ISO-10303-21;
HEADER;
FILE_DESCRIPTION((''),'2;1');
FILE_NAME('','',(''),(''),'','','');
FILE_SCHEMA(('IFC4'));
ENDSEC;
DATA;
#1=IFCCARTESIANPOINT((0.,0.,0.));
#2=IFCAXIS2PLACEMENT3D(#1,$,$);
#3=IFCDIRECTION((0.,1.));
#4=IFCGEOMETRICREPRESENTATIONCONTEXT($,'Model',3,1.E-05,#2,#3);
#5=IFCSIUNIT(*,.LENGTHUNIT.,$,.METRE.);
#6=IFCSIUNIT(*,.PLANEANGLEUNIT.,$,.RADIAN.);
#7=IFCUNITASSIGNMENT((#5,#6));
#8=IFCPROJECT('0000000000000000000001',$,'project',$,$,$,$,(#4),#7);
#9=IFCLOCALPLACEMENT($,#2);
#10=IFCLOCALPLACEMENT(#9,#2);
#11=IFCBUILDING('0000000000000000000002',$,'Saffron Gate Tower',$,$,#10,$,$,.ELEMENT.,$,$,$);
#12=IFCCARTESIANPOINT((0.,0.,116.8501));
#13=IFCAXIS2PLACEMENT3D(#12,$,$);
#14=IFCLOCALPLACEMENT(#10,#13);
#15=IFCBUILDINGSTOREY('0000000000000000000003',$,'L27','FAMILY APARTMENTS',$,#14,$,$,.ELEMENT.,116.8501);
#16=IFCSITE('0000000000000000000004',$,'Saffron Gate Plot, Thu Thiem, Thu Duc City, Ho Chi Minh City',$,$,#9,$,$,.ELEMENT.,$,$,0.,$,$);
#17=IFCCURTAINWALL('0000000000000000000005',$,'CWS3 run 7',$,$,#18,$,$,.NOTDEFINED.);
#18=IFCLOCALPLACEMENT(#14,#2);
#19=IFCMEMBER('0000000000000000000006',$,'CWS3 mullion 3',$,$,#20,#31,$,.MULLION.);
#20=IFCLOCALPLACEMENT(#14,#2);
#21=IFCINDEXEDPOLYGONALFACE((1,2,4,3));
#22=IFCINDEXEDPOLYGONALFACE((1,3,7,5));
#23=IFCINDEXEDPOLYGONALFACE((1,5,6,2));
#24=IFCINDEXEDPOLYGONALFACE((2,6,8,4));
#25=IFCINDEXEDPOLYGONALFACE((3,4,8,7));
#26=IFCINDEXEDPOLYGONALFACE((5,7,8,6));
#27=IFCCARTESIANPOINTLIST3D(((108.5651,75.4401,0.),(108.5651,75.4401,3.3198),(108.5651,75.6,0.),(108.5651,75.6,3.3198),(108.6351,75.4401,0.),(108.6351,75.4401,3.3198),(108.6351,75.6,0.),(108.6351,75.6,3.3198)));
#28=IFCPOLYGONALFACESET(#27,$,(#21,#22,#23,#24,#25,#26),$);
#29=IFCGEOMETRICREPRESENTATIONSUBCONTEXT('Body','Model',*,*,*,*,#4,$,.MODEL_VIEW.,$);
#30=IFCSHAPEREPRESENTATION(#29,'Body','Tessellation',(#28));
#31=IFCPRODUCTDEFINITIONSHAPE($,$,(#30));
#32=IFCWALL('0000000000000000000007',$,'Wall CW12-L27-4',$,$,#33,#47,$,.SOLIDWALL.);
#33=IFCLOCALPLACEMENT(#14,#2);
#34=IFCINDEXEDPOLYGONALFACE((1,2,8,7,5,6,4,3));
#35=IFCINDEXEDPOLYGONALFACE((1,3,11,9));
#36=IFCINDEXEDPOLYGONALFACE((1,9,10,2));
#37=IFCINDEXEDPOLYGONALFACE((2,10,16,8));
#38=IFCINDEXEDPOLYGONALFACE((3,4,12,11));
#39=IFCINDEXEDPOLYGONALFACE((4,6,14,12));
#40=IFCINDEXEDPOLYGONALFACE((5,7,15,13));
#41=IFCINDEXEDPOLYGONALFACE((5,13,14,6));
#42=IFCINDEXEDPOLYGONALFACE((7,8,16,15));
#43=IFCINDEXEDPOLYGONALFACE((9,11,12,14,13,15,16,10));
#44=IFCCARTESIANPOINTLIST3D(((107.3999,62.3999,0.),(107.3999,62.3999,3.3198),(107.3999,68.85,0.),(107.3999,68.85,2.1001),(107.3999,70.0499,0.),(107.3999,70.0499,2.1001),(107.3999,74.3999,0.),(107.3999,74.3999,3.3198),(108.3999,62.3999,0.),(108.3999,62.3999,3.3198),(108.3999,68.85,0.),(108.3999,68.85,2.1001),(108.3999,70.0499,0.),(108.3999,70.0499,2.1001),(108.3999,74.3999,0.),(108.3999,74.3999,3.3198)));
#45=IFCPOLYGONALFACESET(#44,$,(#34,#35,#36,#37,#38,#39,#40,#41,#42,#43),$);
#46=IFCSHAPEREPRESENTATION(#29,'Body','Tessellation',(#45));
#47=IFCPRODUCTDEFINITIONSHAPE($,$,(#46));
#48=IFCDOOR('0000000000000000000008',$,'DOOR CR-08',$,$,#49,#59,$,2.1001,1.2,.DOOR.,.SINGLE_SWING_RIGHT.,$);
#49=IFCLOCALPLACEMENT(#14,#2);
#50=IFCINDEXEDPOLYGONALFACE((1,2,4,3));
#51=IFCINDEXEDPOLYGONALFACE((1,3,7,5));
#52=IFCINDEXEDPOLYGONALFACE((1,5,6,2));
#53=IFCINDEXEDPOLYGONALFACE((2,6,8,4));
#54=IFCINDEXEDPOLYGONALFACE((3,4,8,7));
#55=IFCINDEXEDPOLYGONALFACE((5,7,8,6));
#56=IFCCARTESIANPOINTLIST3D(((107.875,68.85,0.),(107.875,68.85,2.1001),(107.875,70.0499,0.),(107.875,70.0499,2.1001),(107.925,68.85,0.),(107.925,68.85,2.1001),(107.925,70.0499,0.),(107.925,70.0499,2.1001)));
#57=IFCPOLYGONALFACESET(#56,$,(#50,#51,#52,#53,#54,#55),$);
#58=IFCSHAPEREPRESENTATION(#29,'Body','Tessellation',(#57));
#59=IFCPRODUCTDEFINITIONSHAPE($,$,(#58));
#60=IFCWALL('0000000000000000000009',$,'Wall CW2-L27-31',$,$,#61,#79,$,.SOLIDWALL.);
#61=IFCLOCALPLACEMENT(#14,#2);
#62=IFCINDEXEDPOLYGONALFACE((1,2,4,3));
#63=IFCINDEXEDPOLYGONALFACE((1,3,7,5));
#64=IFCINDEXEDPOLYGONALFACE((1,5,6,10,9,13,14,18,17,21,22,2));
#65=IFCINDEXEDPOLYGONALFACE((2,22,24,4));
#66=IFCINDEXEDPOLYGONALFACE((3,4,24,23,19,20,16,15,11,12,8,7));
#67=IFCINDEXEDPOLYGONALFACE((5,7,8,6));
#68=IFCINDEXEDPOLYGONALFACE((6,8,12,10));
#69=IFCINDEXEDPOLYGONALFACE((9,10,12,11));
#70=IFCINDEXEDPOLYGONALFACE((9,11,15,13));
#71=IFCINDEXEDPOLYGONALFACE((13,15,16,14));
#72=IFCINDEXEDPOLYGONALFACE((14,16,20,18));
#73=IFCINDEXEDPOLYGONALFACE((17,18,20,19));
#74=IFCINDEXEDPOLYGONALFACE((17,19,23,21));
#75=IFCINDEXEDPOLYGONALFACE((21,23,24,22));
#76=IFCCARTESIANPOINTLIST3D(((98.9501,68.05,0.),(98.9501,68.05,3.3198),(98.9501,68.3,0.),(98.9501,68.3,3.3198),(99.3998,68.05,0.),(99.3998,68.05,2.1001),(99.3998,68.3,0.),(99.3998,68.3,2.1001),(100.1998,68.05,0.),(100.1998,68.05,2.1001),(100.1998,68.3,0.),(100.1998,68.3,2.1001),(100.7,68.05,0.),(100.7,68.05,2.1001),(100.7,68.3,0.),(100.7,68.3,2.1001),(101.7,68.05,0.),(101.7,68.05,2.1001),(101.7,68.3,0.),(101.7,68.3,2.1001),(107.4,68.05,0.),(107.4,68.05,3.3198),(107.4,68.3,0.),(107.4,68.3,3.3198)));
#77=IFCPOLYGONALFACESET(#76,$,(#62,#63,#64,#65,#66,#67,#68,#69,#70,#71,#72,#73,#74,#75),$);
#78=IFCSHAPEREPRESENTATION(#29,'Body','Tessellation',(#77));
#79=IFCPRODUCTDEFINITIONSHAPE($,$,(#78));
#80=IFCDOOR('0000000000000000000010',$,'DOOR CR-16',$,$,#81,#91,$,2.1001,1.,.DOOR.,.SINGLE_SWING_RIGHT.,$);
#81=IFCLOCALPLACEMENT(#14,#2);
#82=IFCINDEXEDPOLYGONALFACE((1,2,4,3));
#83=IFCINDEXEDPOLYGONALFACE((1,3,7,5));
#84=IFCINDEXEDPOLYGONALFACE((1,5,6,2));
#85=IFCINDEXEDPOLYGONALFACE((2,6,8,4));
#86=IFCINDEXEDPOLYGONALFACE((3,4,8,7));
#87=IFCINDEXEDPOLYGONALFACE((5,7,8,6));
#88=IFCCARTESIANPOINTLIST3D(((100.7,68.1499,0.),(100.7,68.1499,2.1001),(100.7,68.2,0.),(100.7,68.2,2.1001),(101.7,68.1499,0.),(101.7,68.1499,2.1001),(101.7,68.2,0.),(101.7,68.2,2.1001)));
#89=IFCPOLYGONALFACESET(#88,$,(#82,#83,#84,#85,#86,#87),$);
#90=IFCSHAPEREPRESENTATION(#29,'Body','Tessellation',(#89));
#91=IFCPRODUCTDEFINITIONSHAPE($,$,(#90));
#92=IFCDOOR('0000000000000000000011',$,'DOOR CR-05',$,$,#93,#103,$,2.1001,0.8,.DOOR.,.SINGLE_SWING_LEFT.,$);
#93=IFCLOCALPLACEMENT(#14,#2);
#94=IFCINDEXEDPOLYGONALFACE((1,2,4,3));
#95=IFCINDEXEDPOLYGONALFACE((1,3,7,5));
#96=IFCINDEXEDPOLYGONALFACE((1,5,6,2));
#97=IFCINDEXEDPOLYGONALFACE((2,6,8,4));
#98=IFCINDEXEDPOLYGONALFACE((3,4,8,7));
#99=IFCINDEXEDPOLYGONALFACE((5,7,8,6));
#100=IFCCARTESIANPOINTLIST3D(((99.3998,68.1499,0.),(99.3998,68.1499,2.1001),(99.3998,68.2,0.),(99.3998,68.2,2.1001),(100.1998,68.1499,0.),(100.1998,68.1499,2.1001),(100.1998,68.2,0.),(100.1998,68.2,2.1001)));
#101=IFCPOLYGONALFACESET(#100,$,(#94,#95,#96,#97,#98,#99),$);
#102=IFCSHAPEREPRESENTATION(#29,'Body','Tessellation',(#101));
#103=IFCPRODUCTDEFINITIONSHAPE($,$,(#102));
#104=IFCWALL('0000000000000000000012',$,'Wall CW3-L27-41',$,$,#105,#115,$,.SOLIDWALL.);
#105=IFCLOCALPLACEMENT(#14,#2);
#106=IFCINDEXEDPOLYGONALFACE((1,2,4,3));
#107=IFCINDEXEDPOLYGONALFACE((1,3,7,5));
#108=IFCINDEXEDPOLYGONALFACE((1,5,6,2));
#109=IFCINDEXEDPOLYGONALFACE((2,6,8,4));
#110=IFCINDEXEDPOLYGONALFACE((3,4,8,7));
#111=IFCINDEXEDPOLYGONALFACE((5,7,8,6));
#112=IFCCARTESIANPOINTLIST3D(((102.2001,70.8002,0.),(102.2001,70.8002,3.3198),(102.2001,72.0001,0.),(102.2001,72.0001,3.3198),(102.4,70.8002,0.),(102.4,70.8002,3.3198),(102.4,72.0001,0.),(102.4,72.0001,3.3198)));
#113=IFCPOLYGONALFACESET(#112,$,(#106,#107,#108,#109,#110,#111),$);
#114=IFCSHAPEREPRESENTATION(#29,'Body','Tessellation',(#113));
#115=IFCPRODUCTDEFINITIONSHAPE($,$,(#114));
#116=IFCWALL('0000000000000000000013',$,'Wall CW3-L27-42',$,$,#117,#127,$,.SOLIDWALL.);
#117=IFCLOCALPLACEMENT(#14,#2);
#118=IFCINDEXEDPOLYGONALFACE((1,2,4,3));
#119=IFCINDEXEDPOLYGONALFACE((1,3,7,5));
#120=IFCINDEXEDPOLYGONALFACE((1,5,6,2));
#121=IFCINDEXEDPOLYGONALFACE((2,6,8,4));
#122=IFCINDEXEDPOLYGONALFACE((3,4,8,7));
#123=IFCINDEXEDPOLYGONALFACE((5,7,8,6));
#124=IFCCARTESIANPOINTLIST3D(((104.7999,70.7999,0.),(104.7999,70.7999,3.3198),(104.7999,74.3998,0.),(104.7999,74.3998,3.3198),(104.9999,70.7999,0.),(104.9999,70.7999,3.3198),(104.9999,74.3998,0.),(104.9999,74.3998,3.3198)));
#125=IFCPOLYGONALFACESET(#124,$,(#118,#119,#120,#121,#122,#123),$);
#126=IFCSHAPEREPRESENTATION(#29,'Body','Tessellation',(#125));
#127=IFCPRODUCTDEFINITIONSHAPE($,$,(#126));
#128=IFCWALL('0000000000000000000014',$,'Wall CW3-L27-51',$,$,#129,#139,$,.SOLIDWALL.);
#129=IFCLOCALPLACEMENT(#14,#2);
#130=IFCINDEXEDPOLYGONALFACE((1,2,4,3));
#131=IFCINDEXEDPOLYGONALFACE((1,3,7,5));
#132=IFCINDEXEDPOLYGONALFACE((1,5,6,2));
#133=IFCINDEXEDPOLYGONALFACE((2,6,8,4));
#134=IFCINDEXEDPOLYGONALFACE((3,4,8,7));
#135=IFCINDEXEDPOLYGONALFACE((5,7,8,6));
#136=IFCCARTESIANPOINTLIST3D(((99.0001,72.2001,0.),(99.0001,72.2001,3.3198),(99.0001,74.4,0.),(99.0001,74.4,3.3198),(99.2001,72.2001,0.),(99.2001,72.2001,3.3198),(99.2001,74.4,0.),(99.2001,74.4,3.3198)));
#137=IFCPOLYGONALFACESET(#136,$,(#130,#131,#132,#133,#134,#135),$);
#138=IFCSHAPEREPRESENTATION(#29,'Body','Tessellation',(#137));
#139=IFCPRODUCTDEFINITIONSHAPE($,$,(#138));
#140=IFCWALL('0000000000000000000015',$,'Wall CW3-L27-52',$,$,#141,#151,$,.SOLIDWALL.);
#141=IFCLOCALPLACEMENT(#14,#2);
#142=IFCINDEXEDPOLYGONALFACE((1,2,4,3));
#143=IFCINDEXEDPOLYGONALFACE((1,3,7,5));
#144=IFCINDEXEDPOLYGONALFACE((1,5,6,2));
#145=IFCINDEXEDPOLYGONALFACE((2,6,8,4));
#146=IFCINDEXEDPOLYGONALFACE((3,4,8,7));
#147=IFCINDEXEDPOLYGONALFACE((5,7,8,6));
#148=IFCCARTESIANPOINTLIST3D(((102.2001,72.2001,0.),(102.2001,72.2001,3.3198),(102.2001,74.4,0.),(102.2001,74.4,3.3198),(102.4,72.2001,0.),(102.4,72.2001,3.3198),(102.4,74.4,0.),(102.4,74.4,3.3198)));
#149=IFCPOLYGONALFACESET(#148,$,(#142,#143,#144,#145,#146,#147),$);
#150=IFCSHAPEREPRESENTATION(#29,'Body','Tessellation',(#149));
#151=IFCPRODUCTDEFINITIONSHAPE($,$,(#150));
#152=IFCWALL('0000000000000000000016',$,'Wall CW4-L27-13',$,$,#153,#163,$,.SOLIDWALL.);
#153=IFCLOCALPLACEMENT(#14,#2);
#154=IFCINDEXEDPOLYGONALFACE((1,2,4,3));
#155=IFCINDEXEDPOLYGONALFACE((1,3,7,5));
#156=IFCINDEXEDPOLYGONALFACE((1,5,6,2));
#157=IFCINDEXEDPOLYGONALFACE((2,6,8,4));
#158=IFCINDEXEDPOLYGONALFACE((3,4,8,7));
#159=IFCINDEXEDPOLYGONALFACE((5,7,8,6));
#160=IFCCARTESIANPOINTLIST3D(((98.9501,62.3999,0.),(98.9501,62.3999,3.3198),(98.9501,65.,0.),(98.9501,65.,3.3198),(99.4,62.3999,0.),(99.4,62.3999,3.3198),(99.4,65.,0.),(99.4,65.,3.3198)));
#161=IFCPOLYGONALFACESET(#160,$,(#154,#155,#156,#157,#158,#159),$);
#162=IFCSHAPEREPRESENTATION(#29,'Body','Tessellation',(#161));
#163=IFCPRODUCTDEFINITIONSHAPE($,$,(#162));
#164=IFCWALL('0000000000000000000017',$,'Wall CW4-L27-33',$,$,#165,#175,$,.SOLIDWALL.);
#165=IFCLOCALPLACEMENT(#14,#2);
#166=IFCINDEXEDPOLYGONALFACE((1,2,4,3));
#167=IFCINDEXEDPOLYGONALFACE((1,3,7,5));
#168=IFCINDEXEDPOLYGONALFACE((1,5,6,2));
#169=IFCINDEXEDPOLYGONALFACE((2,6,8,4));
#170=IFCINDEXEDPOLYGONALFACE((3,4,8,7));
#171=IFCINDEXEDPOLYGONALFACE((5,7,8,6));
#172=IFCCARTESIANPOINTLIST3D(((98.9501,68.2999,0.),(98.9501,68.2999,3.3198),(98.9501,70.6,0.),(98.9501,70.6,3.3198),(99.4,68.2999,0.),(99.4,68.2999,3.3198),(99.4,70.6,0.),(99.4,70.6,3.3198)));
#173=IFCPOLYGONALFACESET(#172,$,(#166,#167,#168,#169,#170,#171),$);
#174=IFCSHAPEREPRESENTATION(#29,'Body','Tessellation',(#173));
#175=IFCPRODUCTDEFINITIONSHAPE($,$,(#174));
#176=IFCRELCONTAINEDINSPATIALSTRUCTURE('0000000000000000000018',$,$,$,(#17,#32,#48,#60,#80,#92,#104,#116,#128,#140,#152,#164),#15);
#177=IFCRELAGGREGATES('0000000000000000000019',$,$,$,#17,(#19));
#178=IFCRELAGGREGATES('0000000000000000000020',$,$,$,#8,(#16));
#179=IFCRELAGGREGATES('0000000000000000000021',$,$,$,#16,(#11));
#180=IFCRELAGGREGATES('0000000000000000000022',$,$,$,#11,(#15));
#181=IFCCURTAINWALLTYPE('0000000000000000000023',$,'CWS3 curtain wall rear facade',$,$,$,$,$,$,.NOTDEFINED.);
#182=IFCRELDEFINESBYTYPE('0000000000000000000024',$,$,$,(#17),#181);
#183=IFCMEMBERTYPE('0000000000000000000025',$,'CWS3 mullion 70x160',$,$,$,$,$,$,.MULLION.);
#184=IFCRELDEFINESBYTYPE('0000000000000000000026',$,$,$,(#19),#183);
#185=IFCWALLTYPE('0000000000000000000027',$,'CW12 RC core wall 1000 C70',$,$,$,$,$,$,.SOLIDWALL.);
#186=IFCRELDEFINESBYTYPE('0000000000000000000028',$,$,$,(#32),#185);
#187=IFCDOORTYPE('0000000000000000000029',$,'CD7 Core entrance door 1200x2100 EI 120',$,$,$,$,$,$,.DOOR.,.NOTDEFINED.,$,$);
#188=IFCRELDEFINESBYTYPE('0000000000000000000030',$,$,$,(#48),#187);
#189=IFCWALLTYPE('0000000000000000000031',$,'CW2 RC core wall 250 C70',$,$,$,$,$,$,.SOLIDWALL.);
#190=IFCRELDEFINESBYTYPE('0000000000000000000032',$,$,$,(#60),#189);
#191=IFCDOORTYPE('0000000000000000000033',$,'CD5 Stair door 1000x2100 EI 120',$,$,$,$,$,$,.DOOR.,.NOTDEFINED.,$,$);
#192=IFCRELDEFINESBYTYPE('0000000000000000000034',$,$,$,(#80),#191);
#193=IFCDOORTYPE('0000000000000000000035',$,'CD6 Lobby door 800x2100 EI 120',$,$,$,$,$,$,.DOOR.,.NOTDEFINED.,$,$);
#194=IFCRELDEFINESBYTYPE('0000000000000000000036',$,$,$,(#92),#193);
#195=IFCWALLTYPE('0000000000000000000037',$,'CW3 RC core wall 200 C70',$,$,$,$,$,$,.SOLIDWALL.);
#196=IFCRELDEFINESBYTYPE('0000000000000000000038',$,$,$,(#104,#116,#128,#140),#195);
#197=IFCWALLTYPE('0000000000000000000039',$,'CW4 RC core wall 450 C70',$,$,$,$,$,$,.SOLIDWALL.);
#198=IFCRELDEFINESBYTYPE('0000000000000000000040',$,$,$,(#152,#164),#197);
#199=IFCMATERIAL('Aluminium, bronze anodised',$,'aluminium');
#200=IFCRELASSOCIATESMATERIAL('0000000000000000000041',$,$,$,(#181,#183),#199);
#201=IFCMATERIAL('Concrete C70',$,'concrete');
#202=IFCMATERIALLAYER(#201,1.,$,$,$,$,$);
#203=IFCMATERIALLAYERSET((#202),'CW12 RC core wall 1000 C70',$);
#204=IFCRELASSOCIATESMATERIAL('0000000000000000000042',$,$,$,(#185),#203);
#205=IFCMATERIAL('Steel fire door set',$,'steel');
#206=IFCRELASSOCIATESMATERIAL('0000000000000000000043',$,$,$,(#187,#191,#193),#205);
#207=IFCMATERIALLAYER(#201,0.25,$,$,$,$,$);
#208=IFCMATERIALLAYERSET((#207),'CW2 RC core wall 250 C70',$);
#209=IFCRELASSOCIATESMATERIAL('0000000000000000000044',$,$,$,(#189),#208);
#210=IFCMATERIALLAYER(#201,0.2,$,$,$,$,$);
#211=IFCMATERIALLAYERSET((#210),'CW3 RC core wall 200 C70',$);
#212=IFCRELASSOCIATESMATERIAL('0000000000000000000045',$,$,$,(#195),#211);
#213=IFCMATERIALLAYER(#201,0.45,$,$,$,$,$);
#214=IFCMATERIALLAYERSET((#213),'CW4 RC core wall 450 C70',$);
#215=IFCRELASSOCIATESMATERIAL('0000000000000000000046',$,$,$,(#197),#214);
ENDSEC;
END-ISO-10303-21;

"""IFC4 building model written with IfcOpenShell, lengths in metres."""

from ifc_helpers import new_model, si_unit, direction, frame, frame_2d, origin, origin_2d, place, context, subcontext, project, spatial, rectangle, extrude, material, layer, layer_set, material_profile, profile_set, type_object, element, fill, aggregate, save


model = new_model("IFC4")

# Units and contexts
model_context = context("Model", 3, precision=1e-05, world=origin(), true_north=direction((0.0, 1.0)))
body_context = subcontext(model_context, "Body", "Model", "MODEL_VIEW")
ifc_project = project(units=[si_unit("LENGTHUNIT", "METRE"), si_unit("PLANEANGLEUNIT", "RADIAN")], contexts=[model_context])

# Site, building, storey
site_placement = place(None, origin())
site = spatial("IfcSite", under=ifc_project, at=site_placement, Name="Saffron Gate Plot, Thu Thiem, Thu Duc City, Ho Chi Minh City", CompositionType="ELEMENT", RefElevation=0.0)
building_placement = place(site_placement, origin())
building = spatial("IfcBuilding", under=site, at=building_placement, Name="Saffron Gate Tower", CompositionType="ELEMENT")
storey_placement = place(building_placement, frame((0.0, 0.0, 116.8501)))
storey = spatial("IfcBuildingStorey", under=building, at=storey_placement, Name="L27", Description="FAMILY APARTMENTS", CompositionType="ELEMENT", Elevation=116.8501)

# Curtain wall, member
ifc_material_1 = material(Name="Aluminium, bronze anodised", Category="aluminium")
curtain_wall_type = type_object("IfcCurtainWallType", Name="CWS3 curtain wall rear facade", PredefinedType="NOTDEFINED", material=ifc_material_1)
curtain_wall_placement = place(storey_placement, origin())
curtain_wall = element("IfcCurtainWall", 1, at=curtain_wall_placement, inside=storey, type_object=curtain_wall_type, Name="CWS3 run 7", PredefinedType="NOTDEFINED")
ifc_material_profile = material_profile(ifc_material_1, rectangle(XDim=0.1599, YDim=0.0701, at=origin_2d()))
ifc_profile_set = profile_set([ifc_material_profile], Name="Aluminium, bronze anodised")
member_type = type_object("IfcMemberType", Name="CWS3 mullion 70x160", PredefinedType="MULLION", material=ifc_profile_set)
member_placement = place(storey_placement, frame((108.6001, 75.52, 0.0), z_axis=(0.0, 0.0, 1.0), x_axis=(0.0, -1.0, 0.0)))
member = element("IfcMember", 2, at=member_placement, type_object=member_type, Name="CWS3 mullion 3", PredefinedType="MULLION", context=body_context, shape_type="SweptSolid", body=[
    extrude(rectangle(XDim=0.1599, YDim=0.0701, at=origin_2d()), origin(), (0.0, 0.0, 1.0), 3.3198),
])
aggregate(curtain_wall, [member])

# Wall, opening, door
ifc_material_2 = material(Name="Concrete C70", Category="concrete")
ifc_layer_1 = layer(ifc_material_2, 1.0)
ifc_layer_set_1 = layer_set([ifc_layer_1], Name="CW12 RC core wall 1000 C70")
wall_type_1 = type_object("IfcWallType", Name="CW12 RC core wall 1000 C70", PredefinedType="SOLIDWALL", material=ifc_layer_set_1)
wall_1_placement = place(storey_placement, frame((107.8999, 62.3999, 0.0), z_axis=(0.0, 0.0, 1.0), x_axis=(0.0, 1.0, 0.0)))
wall_1 = element("IfcWall", 3, at=wall_1_placement, inside=storey, type_object=wall_type_1, Name="Wall CW12-L27-4", PredefinedType="SOLIDWALL", context=body_context, shape_type="SweptSolid", body=[
    extrude(rectangle(XDim=12.0, YDim=1.0, at=frame_2d((6.0, 0.0))), origin(), (0.0, 0.0, 1.0), 3.3198),
])
opening_1_placement = place(wall_1_placement, frame((6.45, 0.0, 0.0)))
opening_1 = element("IfcOpeningElement", 4, at=opening_1_placement, cuts=wall_1, PredefinedType="OPENING", context=body_context, shape_type="SweptSolid", body=[
    extrude(rectangle(XDim=1.2, YDim=2.1001, at=frame_2d((0.6001, 1.05))), frame((0.0, 0.51, 0.0), z_axis=(0.0, -1.0, 0.0), x_axis=(1.0, 0.0, 0.0)), (0.0, 0.0, 1.0), 1.02),
])
ifc_material_3 = material(Name="Steel fire door set", Category="steel")
door_type_1 = type_object("IfcDoorType", Name="CD7 Core entrance door 1200x2100 EI 120", OperationType="NOTDEFINED", PredefinedType="DOOR", material=ifc_material_3)
door_1_placement = place(opening_1_placement, origin())
door_1 = element("IfcDoor", 5, at=door_1_placement, inside=storey, type_object=door_type_1, Name="DOOR CR-08", OperationType="SINGLE_SWING_RIGHT", OverallHeight=2.1001, OverallWidth=1.2, PredefinedType="DOOR", context=body_context, shape_type="SweptSolid", body=[
    extrude(rectangle(XDim=1.2, YDim=2.1001, at=frame_2d((0.6001, 1.05))), frame((0.0, 0.0249, 0.0), z_axis=(0.0, -1.0, 0.0), x_axis=(1.0, 0.0, 0.0)), (0.0, 0.0, 1.0), 0.05),
])
fill(opening_1, door_1)

# Wall, openings, doors
ifc_layer_2 = layer(ifc_material_2, 0.25)
ifc_layer_set_2 = layer_set([ifc_layer_2], Name="CW2 RC core wall 250 C70")
wall_type_2 = type_object("IfcWallType", Name="CW2 RC core wall 250 C70", PredefinedType="SOLIDWALL", material=ifc_layer_set_2)
wall_2_placement = place(storey_placement, frame((98.95, 68.175, 0.0), z_axis=(0.0, 0.0, 1.0), x_axis=(1.0, 0.0, 0.0)))
wall_2 = element("IfcWall", 6, at=wall_2_placement, inside=storey, type_object=wall_type_2, Name="Wall CW2-L27-31", PredefinedType="SOLIDWALL", context=body_context, shape_type="SweptSolid", body=[
    extrude(rectangle(XDim=8.45, YDim=0.25, at=frame_2d((4.2251, 0.0))), origin(), (0.0, 0.0, 1.0), 3.3198),
])
opening_2_placement = place(wall_2_placement, frame((0.45, 0.0, 0.0)))
opening_2 = element("IfcOpeningElement", 7, at=opening_2_placement, cuts=wall_2, PredefinedType="OPENING", context=body_context, shape_type="SweptSolid", body=[
    extrude(rectangle(XDim=0.8, YDim=2.1001, at=frame_2d((0.3999, 1.05))), frame((0.0, 0.135, 0.0), z_axis=(0.0, -1.0, 0.0), x_axis=(1.0, 0.0, 0.0)), (0.0, 0.0, 1.0), 0.27),
])
opening_3_placement = place(wall_2_placement, frame((1.75, 0.0, 0.0)))
opening_3 = element("IfcOpeningElement", 8, at=opening_3_placement, cuts=wall_2, PredefinedType="OPENING", context=body_context, shape_type="SweptSolid", body=[
    extrude(rectangle(XDim=1.0, YDim=2.1001, at=frame_2d((0.5, 1.05))), frame((0.0, 0.135, 0.0), z_axis=(0.0, -1.0, 0.0), x_axis=(1.0, 0.0, 0.0)), (0.0, 0.0, 1.0), 0.27),
])
door_type_2 = type_object("IfcDoorType", Name="CD5 Stair door 1000x2100 EI 120", OperationType="NOTDEFINED", PredefinedType="DOOR", material=ifc_material_3)
door_2_placement = place(opening_3_placement, origin())
door_2 = element("IfcDoor", 9, at=door_2_placement, inside=storey, type_object=door_type_2, Name="DOOR CR-16", OperationType="SINGLE_SWING_RIGHT", OverallHeight=2.1001, OverallWidth=1.0, PredefinedType="DOOR", context=body_context, shape_type="SweptSolid", body=[
    extrude(rectangle(XDim=1.0, YDim=2.1001, at=frame_2d((0.5, 1.05))), frame((0.0, 0.0249, 0.0), z_axis=(0.0, -1.0, 0.0), x_axis=(1.0, 0.0, 0.0)), (0.0, 0.0, 1.0), 0.05),
])
fill(opening_3, door_2)
door_type_3 = type_object("IfcDoorType", Name="CD6 Lobby door 800x2100 EI 120", OperationType="NOTDEFINED", PredefinedType="DOOR", material=ifc_material_3)
door_3_placement = place(opening_2_placement, origin())
door_3 = element("IfcDoor", 10, at=door_3_placement, inside=storey, type_object=door_type_3, Name="DOOR CR-05", OperationType="SINGLE_SWING_LEFT", OverallHeight=2.1001, OverallWidth=0.8, PredefinedType="DOOR", context=body_context, shape_type="SweptSolid", body=[
    extrude(rectangle(XDim=0.8, YDim=2.1001, at=frame_2d((0.3999, 1.05))), frame((0.0, 0.0249, 0.0), z_axis=(0.0, -1.0, 0.0), x_axis=(1.0, 0.0, 0.0)), (0.0, 0.0, 1.0), 0.05),
])
fill(opening_2, door_3)

# Walls
ifc_layer_3 = layer(ifc_material_2, 0.2)
ifc_layer_set_3 = layer_set([ifc_layer_3], Name="CW3 RC core wall 200 C70")
wall_type_3 = type_object("IfcWallType", Name="CW3 RC core wall 200 C70", PredefinedType="SOLIDWALL", material=ifc_layer_set_3)
wall_3_placement = place(storey_placement, frame((102.3, 70.8, 0.0), z_axis=(0.0, 0.0, 1.0), x_axis=(0.0, 1.0, 0.0)))
element("IfcWall", 11, at=wall_3_placement, inside=storey, type_object=wall_type_3, Name="Wall CW3-L27-41", PredefinedType="SOLIDWALL", context=body_context, shape_type="SweptSolid", body=[
    extrude(rectangle(XDim=1.2, YDim=0.2, at=frame_2d((0.6001, 0.0))), origin(), (0.0, 0.0, 1.0), 3.3198),
])
wall_4_placement = place(storey_placement, frame((104.8999, 70.8, 0.0), z_axis=(0.0, 0.0, 1.0), x_axis=(0.0, 1.0, 0.0)))
element("IfcWall", 12, at=wall_4_placement, inside=storey, type_object=wall_type_3, Name="Wall CW3-L27-42", PredefinedType="SOLIDWALL", context=body_context, shape_type="SweptSolid", body=[
    extrude(rectangle(XDim=3.5999, YDim=0.2, at=frame_2d((1.7998, 0.0))), origin(), (0.0, 0.0, 1.0), 3.3198),
])
for number, where, z_axis, x_axis, name in (
    (13, (99.1001, 72.2, 0.0), (0.0, 0.0, 1.0), (0.0, 1.0, 0.0), "Wall CW3-L27-51"),
    (14, (102.3, 72.2, 0.0), (0.0, 0.0, 1.0), (0.0, 1.0, 0.0), "Wall CW3-L27-52"),
):
    element("IfcWall", number, at=place(storey_placement, frame(where, z_axis=z_axis, x_axis=x_axis)), inside=storey, type_object=wall_type_3, Name=name, PredefinedType="SOLIDWALL", context=body_context, shape_type="SweptSolid", body=[
        extrude(rectangle(XDim=2.2, YDim=0.2, at=frame_2d((1.1001, 0.0))), origin(), (0.0, 0.0, 1.0), 3.3198),
    ])
ifc_layer_4 = layer(ifc_material_2, 0.45)
ifc_layer_set_4 = layer_set([ifc_layer_4], Name="CW4 RC core wall 450 C70")
wall_type_4 = type_object("IfcWallType", Name="CW4 RC core wall 450 C70", PredefinedType="SOLIDWALL", material=ifc_layer_set_4)
wall_5_placement = place(storey_placement, frame((99.175, 62.3999, 0.0), z_axis=(0.0, 0.0, 1.0), x_axis=(0.0, 1.0, 0.0)))
element("IfcWall", 15, at=wall_5_placement, inside=storey, type_object=wall_type_4, Name="Wall CW4-L27-13", PredefinedType="SOLIDWALL", context=body_context, shape_type="SweptSolid", body=[
    extrude(rectangle(XDim=2.6001, YDim=0.45, at=frame_2d((1.3, 0.0))), origin(), (0.0, 0.0, 1.0), 3.3198),
])
wall_6_placement = place(storey_placement, frame((99.175, 68.3, 0.0), z_axis=(0.0, 0.0, 1.0), x_axis=(0.0, 1.0, 0.0)))
element("IfcWall", 16, at=wall_6_placement, inside=storey, type_object=wall_type_4, Name="Wall CW4-L27-33", PredefinedType="SOLIDWALL", context=body_context, shape_type="SweptSolid", body=[
    extrude(rectangle(XDim=2.3, YDim=0.45, at=frame_2d((1.1499, 0.0))), origin(), (0.0, 0.0, 1.0), 3.3198),
])

save(model, "model.ifc")
